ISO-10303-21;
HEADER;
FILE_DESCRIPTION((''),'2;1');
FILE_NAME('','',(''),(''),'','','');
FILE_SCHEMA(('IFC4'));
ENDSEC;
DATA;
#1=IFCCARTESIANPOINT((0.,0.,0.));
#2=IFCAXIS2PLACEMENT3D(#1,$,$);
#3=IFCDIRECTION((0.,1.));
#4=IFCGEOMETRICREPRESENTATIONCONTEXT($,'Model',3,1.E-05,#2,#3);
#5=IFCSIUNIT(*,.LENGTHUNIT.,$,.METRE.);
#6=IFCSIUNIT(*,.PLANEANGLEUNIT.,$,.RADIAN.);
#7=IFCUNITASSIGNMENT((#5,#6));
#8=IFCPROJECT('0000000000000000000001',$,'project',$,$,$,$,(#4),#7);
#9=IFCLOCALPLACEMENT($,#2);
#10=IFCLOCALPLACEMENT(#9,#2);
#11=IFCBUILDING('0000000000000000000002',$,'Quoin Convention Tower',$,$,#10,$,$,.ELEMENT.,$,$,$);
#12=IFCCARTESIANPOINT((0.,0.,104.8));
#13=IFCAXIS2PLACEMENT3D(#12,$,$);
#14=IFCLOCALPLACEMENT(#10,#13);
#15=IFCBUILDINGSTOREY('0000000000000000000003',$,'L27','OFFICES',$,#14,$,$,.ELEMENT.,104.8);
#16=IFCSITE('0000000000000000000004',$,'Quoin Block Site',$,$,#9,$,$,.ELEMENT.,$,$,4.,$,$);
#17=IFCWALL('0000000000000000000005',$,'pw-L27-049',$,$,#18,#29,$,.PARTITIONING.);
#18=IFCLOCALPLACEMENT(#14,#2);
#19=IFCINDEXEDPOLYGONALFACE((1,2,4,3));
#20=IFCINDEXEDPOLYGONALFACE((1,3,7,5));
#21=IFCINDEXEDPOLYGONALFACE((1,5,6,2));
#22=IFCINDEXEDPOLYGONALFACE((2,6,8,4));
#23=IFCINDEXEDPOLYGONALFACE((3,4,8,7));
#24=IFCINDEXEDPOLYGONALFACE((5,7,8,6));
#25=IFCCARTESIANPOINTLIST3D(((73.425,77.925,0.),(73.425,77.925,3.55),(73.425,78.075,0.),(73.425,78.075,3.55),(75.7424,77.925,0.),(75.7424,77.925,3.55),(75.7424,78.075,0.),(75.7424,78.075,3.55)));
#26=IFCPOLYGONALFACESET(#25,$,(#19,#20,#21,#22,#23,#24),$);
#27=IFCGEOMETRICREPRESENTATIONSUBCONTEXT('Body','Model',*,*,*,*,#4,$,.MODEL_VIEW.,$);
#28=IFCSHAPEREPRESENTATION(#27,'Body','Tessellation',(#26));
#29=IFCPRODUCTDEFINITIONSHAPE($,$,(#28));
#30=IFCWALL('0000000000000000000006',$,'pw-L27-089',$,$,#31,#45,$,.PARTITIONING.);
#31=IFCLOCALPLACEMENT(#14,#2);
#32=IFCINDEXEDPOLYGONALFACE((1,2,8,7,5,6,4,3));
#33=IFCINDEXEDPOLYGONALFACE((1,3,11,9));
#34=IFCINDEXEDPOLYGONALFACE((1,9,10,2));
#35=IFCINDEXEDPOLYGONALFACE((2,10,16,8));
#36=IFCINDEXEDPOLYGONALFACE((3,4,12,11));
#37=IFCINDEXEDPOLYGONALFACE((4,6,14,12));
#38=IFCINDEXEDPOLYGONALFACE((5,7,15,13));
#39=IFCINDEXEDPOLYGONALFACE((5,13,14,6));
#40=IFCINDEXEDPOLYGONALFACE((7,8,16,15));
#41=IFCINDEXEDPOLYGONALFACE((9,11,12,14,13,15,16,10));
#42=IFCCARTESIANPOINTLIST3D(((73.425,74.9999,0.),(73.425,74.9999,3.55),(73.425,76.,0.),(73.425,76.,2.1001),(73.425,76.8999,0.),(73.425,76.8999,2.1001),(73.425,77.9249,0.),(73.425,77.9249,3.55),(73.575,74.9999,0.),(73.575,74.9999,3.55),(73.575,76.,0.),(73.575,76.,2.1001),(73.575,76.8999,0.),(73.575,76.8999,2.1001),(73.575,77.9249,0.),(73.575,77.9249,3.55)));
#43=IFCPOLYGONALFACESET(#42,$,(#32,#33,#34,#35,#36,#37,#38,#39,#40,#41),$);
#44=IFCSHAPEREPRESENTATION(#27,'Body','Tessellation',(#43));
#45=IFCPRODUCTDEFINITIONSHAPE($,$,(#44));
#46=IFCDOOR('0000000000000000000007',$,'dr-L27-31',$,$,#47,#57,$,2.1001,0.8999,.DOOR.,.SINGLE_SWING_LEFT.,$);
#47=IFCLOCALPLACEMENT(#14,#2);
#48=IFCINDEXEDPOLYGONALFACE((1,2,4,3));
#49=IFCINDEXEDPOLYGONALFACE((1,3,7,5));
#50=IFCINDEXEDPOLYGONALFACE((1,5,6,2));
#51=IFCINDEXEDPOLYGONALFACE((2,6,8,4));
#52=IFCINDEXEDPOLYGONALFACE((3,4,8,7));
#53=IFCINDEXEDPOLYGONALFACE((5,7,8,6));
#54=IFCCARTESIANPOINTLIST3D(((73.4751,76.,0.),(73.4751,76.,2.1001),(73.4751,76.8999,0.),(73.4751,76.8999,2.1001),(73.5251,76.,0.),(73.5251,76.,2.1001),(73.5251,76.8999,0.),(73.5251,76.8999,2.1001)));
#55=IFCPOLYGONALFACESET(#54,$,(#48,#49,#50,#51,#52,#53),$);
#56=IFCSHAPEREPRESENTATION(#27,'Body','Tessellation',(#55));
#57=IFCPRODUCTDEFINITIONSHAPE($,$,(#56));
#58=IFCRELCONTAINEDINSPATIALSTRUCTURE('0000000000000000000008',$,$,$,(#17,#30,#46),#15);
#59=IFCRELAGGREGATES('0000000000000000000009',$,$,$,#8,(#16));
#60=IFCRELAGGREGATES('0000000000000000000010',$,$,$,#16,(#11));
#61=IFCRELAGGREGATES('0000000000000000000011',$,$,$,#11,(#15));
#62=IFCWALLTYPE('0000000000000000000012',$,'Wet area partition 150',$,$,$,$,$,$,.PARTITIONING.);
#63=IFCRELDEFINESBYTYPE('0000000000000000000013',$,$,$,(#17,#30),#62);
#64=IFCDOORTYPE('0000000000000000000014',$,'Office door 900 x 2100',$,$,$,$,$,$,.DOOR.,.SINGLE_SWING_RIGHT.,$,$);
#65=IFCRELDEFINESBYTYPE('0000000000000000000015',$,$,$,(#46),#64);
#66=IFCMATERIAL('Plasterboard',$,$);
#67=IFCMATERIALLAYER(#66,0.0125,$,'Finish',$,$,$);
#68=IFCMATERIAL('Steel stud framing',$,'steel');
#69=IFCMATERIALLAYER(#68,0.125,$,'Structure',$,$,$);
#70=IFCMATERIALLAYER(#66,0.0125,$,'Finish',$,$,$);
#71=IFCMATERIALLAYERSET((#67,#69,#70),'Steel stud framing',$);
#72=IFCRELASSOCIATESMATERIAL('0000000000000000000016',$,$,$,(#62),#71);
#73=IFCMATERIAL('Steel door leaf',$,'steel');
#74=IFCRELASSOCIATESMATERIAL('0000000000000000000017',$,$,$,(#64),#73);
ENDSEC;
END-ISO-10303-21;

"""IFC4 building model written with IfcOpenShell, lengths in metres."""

from ifc_helpers import new_model, si_unit, direction, frame, frame_2d, origin, place, context, subcontext, project, spatial, rectangle, extrude, material, layer, layer_set, type_object, element, fill, save


model = new_model("IFC4")

# Units and contexts
model_context = context("Model", 3, precision=1e-05, world=origin(), true_north=direction((0.0, 1.0)))
body_context = subcontext(model_context, "Body", "Model", "MODEL_VIEW")
ifc_project = project(units=[si_unit("LENGTHUNIT", "METRE"), si_unit("PLANEANGLEUNIT", "RADIAN")], contexts=[model_context])

# Site, building, storey
site_placement = place(None, origin())
site = spatial("IfcSite", under=ifc_project, at=site_placement, Name="Quoin Block Site", CompositionType="ELEMENT", RefElevation=4.0)
building_placement = place(site_placement, origin())
building = spatial("IfcBuilding", under=site, at=building_placement, Name="Quoin Convention Tower", CompositionType="ELEMENT")
storey_placement = place(building_placement, frame((0.0, 0.0, 104.8)))
storey = spatial("IfcBuildingStorey", under=building, at=storey_placement, Name="L27", Description="OFFICES", CompositionType="ELEMENT", Elevation=104.8)

# Wall
ifc_material_1 = material(Name="Plasterboard")
ifc_material_2 = material(Name="Steel stud framing", Category="steel")
ifc_layer_1 = layer(ifc_material_1, 0.0125, Name="Finish")
ifc_layer_2 = layer(ifc_material_2, 0.125, Name="Structure")
ifc_layer_3 = layer(ifc_material_1, 0.0125, Name="Finish")
ifc_layer_set_1 = layer_set([ifc_layer_1, ifc_layer_2, ifc_layer_3], Name="Steel stud framing")
wall_type_1 = type_object("IfcWallType", Name="Wet area partition 150", PredefinedType="PARTITIONING", material=ifc_layer_set_1)
wall_1_placement = place(storey_placement, frame((73.425, 78.0, 0.0), z_axis=(0.0, 0.0, 1.0), x_axis=(1.0, 0.0, 0.0)))
element("IfcWall", 1, at=wall_1_placement, inside=storey, type_object=wall_type_1, Name="pw-L27-049", PredefinedType="PARTITIONING", context=body_context, shape_type="SweptSolid", body=[
    extrude(rectangle(XDim=2.3174, YDim=0.1499, at=frame_2d((1.1587, 0.0))), origin(), (0.0, 0.0, 1.0), 3.55),
])

# Wall, opening, door
wall_2_placement = place(storey_placement, frame((73.5, 75.0, 0.0), z_axis=(0.0, 0.0, 1.0), x_axis=(0.0, 1.0, 0.0)))
wall_2 = element("IfcWall", 2, at=wall_2_placement, inside=storey, type_object=wall_type_1, Name="pw-L27-089", PredefinedType="PARTITIONING", context=body_context, shape_type="SweptSolid", body=[
    extrude(rectangle(XDim=2.925, YDim=0.1499, at=frame_2d((1.4624, 0.0))), origin(), (0.0, 0.0, 1.0), 3.55),
])
opening_1_placement = place(wall_2_placement, frame((1.0, 0.0, 0.0)))
opening_1 = element("IfcOpeningElement", 3, at=opening_1_placement, cuts=wall_2, PredefinedType="OPENING", context=body_context, shape_type="SweptSolid", body=[
    extrude(rectangle(XDim=0.8999, YDim=2.1001, at=frame_2d((0.45, 1.05))), frame((0.0, 0.085, 0.0), z_axis=(0.0, -1.0, 0.0), x_axis=(1.0, 0.0, 0.0)), (0.0, 0.0, 1.0), 0.1699),
])
ifc_material_3 = material(Name="Steel door leaf", Category="steel")
door_type = type_object("IfcDoorType", Name="Office door 900 x 2100", OperationType="SINGLE_SWING_RIGHT", PredefinedType="DOOR", material=ifc_material_3)
door_placement = place(opening_1_placement, origin())
door = element("IfcDoor", 4, at=door_placement, inside=storey, type_object=door_type, Name="dr-L27-31", OperationType="SINGLE_SWING_LEFT", OverallHeight=2.1001, OverallWidth=0.8999, PredefinedType="DOOR", context=body_context, shape_type="SweptSolid", body=[
    extrude(rectangle(XDim=0.8999, YDim=2.1001, at=frame_2d((0.45, 1.05))), frame((0.0, 0.0249, 0.0), z_axis=(0.0, -1.0, 0.0), x_axis=(1.0, 0.0, 0.0)), (0.0, 0.0, 1.0), 0.05),
])
fill(opening_1, door)

save(model, "model.ifc")
